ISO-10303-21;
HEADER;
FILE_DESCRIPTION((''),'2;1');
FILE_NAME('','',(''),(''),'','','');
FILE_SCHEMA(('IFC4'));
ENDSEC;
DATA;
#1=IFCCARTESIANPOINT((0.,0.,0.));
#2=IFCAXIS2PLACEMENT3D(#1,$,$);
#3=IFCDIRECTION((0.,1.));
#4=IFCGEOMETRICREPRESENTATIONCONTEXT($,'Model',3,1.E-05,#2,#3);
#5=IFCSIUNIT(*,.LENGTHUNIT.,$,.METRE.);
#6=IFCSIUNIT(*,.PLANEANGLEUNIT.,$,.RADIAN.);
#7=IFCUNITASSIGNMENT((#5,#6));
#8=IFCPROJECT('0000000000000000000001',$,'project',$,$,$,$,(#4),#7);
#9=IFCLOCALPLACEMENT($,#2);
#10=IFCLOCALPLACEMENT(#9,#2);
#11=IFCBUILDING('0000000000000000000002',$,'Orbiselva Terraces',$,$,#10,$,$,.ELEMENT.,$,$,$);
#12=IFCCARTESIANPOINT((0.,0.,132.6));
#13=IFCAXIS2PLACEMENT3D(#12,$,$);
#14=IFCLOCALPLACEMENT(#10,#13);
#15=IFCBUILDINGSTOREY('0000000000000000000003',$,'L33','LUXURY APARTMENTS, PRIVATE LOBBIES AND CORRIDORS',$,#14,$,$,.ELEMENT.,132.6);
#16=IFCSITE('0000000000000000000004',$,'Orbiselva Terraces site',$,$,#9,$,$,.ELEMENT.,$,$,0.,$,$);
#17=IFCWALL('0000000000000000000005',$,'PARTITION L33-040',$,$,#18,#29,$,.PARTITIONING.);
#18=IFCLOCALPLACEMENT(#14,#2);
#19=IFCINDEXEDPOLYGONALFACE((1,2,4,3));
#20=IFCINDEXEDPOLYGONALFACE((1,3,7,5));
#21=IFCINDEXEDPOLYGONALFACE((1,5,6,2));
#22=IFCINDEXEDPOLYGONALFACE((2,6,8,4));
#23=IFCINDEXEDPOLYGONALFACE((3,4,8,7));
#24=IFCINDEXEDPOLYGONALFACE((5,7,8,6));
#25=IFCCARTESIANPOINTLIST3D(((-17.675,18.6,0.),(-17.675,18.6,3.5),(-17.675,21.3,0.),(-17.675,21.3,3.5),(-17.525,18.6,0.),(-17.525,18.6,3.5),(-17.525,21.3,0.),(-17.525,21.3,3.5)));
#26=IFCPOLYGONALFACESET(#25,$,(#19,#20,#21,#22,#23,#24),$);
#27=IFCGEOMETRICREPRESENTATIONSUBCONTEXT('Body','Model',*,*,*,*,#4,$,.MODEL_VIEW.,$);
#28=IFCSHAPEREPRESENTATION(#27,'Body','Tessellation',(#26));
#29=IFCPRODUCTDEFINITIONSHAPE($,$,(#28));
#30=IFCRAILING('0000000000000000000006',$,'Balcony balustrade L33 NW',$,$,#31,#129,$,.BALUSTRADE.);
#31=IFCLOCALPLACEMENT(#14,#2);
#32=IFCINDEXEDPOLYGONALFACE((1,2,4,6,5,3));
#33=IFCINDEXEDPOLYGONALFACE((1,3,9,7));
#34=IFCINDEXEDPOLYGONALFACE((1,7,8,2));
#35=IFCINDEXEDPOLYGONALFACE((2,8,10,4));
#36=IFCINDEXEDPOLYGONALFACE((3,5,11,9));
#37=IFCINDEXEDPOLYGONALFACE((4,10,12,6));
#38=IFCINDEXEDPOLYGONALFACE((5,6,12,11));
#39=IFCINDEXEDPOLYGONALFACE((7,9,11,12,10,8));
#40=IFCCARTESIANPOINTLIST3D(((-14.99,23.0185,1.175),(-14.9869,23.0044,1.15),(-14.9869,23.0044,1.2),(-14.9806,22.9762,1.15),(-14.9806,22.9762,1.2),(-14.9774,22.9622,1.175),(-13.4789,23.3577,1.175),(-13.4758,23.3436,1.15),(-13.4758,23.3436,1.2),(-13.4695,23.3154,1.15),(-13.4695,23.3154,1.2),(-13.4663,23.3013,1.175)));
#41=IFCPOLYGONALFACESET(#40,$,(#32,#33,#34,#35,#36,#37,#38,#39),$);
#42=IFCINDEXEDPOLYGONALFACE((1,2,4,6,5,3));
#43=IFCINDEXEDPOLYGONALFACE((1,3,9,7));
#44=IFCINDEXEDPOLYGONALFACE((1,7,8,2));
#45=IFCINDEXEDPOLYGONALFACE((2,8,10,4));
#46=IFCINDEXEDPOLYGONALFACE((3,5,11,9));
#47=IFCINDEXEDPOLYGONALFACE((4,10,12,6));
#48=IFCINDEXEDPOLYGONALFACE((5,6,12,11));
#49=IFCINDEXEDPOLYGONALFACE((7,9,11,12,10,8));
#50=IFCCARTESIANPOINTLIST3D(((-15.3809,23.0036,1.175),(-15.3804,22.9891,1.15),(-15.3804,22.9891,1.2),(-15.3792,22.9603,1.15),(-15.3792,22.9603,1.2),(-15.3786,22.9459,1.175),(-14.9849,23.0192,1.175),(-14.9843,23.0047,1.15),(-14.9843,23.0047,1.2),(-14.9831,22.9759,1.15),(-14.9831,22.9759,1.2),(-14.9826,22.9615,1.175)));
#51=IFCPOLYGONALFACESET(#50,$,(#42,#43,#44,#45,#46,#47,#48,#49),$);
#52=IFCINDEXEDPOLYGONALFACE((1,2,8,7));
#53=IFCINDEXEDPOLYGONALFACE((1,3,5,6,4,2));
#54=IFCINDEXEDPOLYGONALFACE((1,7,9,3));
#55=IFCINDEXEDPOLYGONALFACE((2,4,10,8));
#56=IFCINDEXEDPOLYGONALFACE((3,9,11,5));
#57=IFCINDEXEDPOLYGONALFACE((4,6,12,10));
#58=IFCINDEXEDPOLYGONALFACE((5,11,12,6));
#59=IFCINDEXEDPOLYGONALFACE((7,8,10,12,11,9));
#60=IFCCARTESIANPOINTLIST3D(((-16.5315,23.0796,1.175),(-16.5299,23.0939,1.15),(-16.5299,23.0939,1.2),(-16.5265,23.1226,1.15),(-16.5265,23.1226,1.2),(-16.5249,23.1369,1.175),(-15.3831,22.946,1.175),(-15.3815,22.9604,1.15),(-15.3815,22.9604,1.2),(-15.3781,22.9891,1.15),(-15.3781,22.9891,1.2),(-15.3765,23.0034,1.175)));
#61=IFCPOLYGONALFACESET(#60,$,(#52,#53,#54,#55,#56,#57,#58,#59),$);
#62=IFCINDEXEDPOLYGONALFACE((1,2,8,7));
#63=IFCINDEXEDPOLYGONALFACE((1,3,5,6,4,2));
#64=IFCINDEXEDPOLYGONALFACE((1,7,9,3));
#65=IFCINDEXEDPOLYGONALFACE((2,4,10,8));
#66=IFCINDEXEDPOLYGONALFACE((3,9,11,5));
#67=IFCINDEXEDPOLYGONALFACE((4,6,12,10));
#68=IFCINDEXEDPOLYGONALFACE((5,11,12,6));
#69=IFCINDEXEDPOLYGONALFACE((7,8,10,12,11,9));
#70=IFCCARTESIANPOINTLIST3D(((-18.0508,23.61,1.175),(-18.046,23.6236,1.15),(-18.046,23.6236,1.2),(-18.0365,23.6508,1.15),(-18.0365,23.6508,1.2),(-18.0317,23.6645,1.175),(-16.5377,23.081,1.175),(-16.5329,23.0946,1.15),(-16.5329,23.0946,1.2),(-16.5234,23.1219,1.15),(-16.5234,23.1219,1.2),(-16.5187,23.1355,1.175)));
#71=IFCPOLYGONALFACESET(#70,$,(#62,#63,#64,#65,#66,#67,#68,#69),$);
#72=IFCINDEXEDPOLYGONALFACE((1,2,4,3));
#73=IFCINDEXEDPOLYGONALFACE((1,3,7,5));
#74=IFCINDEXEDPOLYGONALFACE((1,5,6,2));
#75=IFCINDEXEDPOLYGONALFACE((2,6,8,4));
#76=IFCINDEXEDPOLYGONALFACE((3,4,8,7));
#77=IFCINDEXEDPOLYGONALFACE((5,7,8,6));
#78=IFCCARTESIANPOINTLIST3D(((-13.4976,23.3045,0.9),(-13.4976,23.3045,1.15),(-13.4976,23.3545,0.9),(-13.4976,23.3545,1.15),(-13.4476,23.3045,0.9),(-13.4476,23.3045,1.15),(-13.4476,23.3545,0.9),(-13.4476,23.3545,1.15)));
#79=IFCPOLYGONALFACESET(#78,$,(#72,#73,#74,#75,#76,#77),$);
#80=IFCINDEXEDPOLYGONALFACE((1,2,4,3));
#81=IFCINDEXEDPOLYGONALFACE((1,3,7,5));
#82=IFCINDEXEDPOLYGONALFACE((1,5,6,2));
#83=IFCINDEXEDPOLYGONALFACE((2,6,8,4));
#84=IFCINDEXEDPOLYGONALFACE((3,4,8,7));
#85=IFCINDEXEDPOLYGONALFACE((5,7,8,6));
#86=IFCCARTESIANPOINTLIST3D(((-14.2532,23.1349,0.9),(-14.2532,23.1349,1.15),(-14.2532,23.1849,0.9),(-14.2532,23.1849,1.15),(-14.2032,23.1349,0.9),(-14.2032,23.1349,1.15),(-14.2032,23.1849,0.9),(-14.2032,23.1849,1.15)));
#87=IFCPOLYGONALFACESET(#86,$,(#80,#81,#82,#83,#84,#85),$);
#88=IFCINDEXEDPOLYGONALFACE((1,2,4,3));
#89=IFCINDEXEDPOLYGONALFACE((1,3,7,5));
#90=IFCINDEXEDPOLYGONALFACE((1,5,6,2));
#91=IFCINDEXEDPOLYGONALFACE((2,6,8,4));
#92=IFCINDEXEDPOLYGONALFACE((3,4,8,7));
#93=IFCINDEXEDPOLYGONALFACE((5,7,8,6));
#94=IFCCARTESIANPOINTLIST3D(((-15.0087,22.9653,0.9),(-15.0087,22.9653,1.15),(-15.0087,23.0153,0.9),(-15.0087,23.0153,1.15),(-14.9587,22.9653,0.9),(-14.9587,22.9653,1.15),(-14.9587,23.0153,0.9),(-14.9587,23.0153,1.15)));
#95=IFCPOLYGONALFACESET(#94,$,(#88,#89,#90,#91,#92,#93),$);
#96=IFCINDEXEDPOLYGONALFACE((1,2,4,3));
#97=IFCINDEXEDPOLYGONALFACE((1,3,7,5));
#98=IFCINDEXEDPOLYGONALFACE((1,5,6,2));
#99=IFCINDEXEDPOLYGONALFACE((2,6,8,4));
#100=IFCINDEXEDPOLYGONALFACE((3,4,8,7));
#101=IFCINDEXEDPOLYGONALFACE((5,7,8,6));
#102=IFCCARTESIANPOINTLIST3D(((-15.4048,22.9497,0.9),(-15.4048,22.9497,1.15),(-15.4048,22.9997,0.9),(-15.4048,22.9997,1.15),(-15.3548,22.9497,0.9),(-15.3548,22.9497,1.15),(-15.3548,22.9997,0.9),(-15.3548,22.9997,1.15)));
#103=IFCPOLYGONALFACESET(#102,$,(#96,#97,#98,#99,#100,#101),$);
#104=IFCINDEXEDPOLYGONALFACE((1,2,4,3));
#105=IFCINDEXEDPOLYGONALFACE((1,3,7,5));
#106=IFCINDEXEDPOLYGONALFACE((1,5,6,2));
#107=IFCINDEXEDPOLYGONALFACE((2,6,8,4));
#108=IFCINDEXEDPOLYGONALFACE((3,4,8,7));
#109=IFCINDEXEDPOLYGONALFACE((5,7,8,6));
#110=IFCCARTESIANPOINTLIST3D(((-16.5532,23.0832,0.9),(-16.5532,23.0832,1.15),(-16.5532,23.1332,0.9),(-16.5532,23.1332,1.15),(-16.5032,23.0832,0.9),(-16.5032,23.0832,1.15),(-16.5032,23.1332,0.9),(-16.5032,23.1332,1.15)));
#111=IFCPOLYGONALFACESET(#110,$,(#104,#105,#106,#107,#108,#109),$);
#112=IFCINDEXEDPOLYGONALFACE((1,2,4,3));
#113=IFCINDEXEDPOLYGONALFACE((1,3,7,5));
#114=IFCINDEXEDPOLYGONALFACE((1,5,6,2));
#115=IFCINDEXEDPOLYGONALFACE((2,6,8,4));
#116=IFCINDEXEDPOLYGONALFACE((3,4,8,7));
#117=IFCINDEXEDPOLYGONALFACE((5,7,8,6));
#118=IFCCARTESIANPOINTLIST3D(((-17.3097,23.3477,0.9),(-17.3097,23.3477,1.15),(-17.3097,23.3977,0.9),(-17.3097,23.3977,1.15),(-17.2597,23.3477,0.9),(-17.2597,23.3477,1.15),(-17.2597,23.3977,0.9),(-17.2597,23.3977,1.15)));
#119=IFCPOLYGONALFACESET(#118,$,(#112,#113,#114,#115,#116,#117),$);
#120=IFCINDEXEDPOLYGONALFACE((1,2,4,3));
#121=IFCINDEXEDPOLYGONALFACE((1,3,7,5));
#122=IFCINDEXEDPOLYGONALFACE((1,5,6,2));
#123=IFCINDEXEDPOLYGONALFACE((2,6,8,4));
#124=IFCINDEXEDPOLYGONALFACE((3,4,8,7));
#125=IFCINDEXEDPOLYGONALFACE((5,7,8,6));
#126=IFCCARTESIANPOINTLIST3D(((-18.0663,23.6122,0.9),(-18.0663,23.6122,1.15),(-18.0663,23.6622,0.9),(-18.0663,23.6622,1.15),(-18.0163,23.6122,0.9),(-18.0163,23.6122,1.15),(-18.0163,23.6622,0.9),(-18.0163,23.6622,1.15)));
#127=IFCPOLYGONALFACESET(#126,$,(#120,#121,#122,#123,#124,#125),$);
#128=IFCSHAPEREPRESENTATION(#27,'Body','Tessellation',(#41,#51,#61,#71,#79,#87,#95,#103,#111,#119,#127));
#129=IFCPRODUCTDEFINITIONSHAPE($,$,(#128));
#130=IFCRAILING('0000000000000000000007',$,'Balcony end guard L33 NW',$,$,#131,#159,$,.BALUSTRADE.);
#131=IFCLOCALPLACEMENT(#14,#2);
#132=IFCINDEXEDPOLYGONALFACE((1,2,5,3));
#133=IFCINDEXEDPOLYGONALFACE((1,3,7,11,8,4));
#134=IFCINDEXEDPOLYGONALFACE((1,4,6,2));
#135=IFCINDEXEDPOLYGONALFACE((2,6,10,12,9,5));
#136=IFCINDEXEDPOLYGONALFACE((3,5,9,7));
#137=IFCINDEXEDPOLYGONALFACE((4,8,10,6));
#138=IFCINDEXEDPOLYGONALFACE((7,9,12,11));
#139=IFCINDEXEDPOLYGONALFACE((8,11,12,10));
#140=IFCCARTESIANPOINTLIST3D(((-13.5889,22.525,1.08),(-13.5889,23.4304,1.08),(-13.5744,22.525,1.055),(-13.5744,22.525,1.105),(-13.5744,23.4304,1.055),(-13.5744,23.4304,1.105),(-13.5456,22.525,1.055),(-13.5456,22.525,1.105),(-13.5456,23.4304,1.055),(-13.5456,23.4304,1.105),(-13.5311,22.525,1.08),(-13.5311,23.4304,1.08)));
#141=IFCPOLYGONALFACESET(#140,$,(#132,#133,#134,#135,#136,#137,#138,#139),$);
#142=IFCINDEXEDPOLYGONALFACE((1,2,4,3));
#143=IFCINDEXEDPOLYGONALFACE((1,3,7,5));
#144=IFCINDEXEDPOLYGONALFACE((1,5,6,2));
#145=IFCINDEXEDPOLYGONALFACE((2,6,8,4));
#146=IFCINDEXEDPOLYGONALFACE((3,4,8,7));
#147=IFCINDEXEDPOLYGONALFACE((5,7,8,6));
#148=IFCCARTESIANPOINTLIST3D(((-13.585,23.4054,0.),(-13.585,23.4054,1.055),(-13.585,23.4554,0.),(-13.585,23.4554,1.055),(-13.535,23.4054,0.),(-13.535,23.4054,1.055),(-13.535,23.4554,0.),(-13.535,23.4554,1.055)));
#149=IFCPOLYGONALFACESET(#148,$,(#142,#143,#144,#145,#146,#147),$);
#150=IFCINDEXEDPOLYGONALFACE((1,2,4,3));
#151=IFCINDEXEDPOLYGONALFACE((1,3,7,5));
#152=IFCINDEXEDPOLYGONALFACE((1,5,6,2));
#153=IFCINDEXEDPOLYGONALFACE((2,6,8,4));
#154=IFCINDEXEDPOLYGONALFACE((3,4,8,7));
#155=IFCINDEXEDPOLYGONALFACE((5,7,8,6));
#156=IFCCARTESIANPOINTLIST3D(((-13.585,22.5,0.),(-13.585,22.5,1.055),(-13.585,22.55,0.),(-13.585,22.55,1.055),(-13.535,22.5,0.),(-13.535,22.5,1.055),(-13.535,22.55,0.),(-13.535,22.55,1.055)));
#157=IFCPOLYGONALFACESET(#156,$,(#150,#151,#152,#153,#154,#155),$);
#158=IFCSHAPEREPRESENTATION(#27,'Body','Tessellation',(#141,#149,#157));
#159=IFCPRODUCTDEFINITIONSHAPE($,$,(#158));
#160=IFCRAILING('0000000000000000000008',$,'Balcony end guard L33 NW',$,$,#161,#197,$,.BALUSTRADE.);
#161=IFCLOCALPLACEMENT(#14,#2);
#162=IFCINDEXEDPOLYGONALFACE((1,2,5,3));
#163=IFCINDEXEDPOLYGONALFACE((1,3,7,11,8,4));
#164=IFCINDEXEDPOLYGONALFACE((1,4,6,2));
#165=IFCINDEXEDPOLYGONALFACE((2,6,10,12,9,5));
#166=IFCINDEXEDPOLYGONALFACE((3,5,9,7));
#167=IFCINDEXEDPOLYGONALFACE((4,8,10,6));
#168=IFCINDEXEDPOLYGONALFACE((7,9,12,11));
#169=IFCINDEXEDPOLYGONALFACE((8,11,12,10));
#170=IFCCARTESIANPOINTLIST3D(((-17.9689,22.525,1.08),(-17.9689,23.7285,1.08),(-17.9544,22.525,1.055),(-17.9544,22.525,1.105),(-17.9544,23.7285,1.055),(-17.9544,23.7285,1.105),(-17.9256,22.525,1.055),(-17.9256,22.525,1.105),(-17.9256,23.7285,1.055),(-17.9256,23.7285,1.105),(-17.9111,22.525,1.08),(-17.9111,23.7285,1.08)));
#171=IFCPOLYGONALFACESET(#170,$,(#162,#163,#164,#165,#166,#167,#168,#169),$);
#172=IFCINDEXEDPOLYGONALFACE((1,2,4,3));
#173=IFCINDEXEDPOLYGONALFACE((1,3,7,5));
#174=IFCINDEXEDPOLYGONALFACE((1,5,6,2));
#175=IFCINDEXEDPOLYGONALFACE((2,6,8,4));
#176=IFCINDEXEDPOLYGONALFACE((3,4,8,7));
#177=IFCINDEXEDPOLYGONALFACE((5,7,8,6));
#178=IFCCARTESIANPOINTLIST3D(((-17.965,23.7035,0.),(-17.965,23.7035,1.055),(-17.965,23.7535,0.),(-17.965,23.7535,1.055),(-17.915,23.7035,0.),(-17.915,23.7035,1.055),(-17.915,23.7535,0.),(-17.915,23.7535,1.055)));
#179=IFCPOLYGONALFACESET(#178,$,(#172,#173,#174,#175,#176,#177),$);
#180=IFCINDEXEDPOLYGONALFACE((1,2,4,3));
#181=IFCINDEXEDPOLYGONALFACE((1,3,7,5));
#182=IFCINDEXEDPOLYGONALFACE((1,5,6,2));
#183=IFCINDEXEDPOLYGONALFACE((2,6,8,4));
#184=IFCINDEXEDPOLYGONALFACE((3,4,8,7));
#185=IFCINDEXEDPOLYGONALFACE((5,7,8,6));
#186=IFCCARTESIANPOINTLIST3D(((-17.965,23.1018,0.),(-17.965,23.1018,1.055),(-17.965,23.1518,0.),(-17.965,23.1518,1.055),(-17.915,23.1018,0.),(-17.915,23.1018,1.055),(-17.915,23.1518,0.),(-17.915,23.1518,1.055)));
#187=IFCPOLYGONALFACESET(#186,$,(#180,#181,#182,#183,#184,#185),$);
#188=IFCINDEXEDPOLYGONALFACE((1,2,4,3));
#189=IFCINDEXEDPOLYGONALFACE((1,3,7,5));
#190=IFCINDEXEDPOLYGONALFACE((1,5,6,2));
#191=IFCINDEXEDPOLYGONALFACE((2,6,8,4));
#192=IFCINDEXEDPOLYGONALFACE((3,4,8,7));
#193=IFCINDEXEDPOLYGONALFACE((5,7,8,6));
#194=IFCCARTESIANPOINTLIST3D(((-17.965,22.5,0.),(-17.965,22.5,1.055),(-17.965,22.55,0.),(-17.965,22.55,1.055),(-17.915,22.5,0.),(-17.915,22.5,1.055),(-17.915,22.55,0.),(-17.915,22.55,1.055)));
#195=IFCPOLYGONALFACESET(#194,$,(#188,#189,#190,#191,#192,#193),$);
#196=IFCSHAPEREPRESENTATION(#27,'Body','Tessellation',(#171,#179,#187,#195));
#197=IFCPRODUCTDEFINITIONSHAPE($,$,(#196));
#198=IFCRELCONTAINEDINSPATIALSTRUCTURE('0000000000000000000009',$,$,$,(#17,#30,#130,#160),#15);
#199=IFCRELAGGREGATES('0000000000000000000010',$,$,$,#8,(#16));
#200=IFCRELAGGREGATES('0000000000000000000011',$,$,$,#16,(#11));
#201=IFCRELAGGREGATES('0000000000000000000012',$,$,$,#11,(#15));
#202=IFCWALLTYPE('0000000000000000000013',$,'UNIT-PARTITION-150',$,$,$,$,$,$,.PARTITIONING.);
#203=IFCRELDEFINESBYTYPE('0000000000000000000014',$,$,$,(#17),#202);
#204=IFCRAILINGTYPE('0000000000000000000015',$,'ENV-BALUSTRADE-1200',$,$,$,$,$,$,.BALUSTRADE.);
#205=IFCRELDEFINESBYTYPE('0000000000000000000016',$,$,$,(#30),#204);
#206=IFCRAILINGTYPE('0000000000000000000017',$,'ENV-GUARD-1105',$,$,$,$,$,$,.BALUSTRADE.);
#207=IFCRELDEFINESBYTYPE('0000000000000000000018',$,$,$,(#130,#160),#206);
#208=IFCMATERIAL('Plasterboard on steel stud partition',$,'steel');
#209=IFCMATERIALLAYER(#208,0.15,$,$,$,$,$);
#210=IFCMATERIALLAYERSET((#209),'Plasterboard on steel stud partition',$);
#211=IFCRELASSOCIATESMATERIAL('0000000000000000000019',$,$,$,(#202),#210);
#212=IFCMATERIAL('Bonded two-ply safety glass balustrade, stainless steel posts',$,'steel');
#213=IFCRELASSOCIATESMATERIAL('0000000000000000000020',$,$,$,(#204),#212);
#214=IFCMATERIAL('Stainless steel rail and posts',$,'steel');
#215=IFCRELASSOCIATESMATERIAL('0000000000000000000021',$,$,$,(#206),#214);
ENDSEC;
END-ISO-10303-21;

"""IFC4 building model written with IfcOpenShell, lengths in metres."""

from ifc_helpers import new_model, si_unit, direction, frame, frame_2d, origin, origin_2d, place, context, subcontext, project, spatial, polyline, rectangle, outline, extrude, material, layer, layer_set, type_object, element, save


model = new_model("IFC4")

# Units and contexts
model_context = context("Model", 3, precision=1e-05, world=origin(), true_north=direction((0.0, 1.0)))
body_context = subcontext(model_context, "Body", "Model", "MODEL_VIEW")
ifc_project = project(units=[si_unit("LENGTHUNIT", "METRE"), si_unit("PLANEANGLEUNIT", "RADIAN")], contexts=[model_context])

# Site, building, storey
site_placement = place(None, origin())
site = spatial("IfcSite", under=ifc_project, at=site_placement, Name="Orbiselva Terraces site", CompositionType="ELEMENT", RefElevation=0.0)
building_placement = place(site_placement, origin())
building = spatial("IfcBuilding", under=site, at=building_placement, Name="Orbiselva Terraces", CompositionType="ELEMENT")
storey_placement = place(building_placement, frame((0.0, 0.0, 132.6)))
storey = spatial("IfcBuildingStorey", under=building, at=storey_placement, Name="L33", Description="LUXURY APARTMENTS, PRIVATE LOBBIES AND CORRIDORS", CompositionType="ELEMENT", Elevation=132.6)

# Shared definitions
ifc_material_1 = material(Name="Plasterboard on steel stud partition", Category="steel")
ifc_layer_1 = layer(ifc_material_1, 0.15)
ifc_layer_set_1 = layer_set([ifc_layer_1], Name="Plasterboard on steel stud partition")
wall_type_1 = type_object("IfcWallType", Name="UNIT-PARTITION-150", PredefinedType="PARTITIONING", material=ifc_layer_set_1)

# Wall
wall_1_placement = place(storey_placement, frame((-17.6, 18.6, 0.0), z_axis=(0.0, 0.0, 1.0), x_axis=(0.0, 1.0, 0.0)))
element("IfcWall", 1, at=wall_1_placement, inside=storey, type_object=wall_type_1, Name="PARTITION L33-040", PredefinedType="PARTITIONING", context=body_context, shape_type="SweptSolid", body=[
    extrude(rectangle(XDim=2.7, YDim=0.15, at=frame_2d((1.35, 0.0))), origin(), (0.0, 0.0, 1.0), 3.5),
])

# Railings
ifc_material_2 = material(Name="Bonded two-ply safety glass balustrade, stainless steel posts", Category="steel")
railing_type_1 = type_object("IfcRailingType", Name="ENV-BALUSTRADE-1200", PredefinedType="BALUSTRADE", material=ifc_material_2)
railing_1_placement = place(storey_placement, frame((-13.4726, 23.3295, 0.9)))
element("IfcRailing", 2, at=railing_1_placement, inside=storey, type_object=railing_type_1, Name="Balcony balustrade L33 NW", PredefinedType="BALUSTRADE", context=body_context, shape_type="SweptSolid", body=[
    extrude(outline(polyline([(0.0289, 0.0), (0.0144, 0.025), (-0.0144, 0.025), (-0.0289, 0.0), (-0.0144, -0.025), (0.0144, -0.025), (0.0289, 0.0)])), frame((0.0, 0.0, 0.275), z_axis=(-0.975721, -0.219015, 0.0), x_axis=(0.219015, -0.975721, 0.0)), (0.0, 0.0, 1.0), 1.5487),
    extrude(outline(polyline([(0.0289, 0.0), (0.0144, 0.025), (-0.0144, 0.025), (-0.0289, 0.0), (-0.0144, -0.025), (0.0144, -0.025), (0.0289, 0.0)])), frame((-1.5111, -0.3392, 0.275), z_axis=(-0.999225, -0.039369, 0.0), x_axis=(0.039369, -0.999225, 0.0)), (0.0, 0.0, 1.0), 0.3964),
    extrude(outline(polyline([(0.0289, 0.0), (0.0144, 0.025), (-0.0144, 0.025), (-0.0289, 0.0), (-0.0144, -0.025), (0.0144, -0.025), (0.0289, 0.0)])), frame((-1.9072, -0.3548, 0.275), z_axis=(-0.99331, 0.115482, 0.0), x_axis=(-0.115482, -0.99331, 0.0)), (0.0, 0.0, 1.0), 1.1561),
    extrude(outline(polyline([(0.0289, 0.0), (0.0144, 0.025), (-0.0144, 0.025), (-0.0289, 0.0), (-0.0144, -0.025), (0.0144, -0.025), (0.0289, 0.0)])), frame((-3.0556, -0.2213, 0.275), z_axis=(-0.943972, 0.330024, 0.0), x_axis=(-0.330024, -0.943972, 0.0)), (0.0, 0.0, 1.0), 1.6029),
    extrude(rectangle(XDim=0.05, YDim=0.05, at=origin_2d()), origin(), (0.0, 0.0, 1.0), 0.25),
    extrude(rectangle(XDim=0.05, YDim=0.05, at=origin_2d()), frame((-0.7555, -0.1696, 0.0)), (0.0, 0.0, 1.0), 0.25),
    extrude(rectangle(XDim=0.05, YDim=0.05, at=origin_2d()), frame((-1.5111, -0.3392, 0.0)), (0.0, 0.0, 1.0), 0.25),
    extrude(rectangle(XDim=0.05, YDim=0.05, at=origin_2d()), frame((-1.9072, -0.3548, 0.0)), (0.0, 0.0, 1.0), 0.25),
    extrude(rectangle(XDim=0.05, YDim=0.05, at=origin_2d()), frame((-3.0556, -0.2213, 0.0)), (0.0, 0.0, 1.0), 0.25),
    extrude(rectangle(XDim=0.05, YDim=0.05, at=origin_2d()), frame((-3.8121, 0.0432, 0.0)), (0.0, 0.0, 1.0), 0.25),
    extrude(rectangle(XDim=0.05, YDim=0.05, at=origin_2d()), frame((-4.5686, 0.3077, 0.0)), (0.0, 0.0, 1.0), 0.25),
])
ifc_material_3 = material(Name="Stainless steel rail and posts", Category="steel")
railing_type_2 = type_object("IfcRailingType", Name="ENV-GUARD-1105", PredefinedType="BALUSTRADE", material=ifc_material_3)
railing_2_placement = place(storey_placement, frame((-13.56, 23.4304, 0.0)))
element("IfcRailing", 3, at=railing_2_placement, inside=storey, type_object=railing_type_2, Name="Balcony end guard L33 NW", PredefinedType="BALUSTRADE", context=body_context, shape_type="SweptSolid", body=[
    extrude(outline(polyline([(0.0289, 0.0), (0.0144, 0.025), (-0.0144, 0.025), (-0.0289, 0.0), (-0.0144, -0.025), (0.0144, -0.025), (0.0289, 0.0)])), frame((0.0, 0.0, 1.08), z_axis=(0.0, -1.0, 0.0), x_axis=(1.0, 0.0, 0.0)), (0.0, 0.0, 1.0), 0.9054),
    extrude(rectangle(XDim=0.05, YDim=0.05, at=origin_2d()), origin(), (0.0, 0.0, 1.0), 1.055),
    extrude(rectangle(XDim=0.05, YDim=0.05, at=origin_2d()), frame((0.0, -0.9054, 0.0)), (0.0, 0.0, 1.0), 1.055),
])
railing_3_placement = place(storey_placement, frame((-17.94, 23.7285, 0.0)))
element("IfcRailing", 4, at=railing_3_placement, inside=storey, type_object=railing_type_2, Name="Balcony end guard L33 NW", PredefinedType="BALUSTRADE", context=body_context, shape_type="SweptSolid", body=[
    extrude(outline(polyline([(0.0289, 0.0), (0.0144, 0.025), (-0.0144, 0.025), (-0.0289, 0.0), (-0.0144, -0.025), (0.0144, -0.025), (0.0289, 0.0)])), frame((0.0, 0.0, 1.08), z_axis=(0.0, -1.0, 0.0), x_axis=(1.0, 0.0, 0.0)), (0.0, 0.0, 1.0), 1.2035),
    extrude(rectangle(XDim=0.05, YDim=0.05, at=origin_2d()), origin(), (0.0, 0.0, 1.0), 1.055),
    extrude(rectangle(XDim=0.05, YDim=0.05, at=origin_2d()), frame((0.0, -0.6018, 0.0)), (0.0, 0.0, 1.0), 1.055),
    extrude(rectangle(XDim=0.05, YDim=0.05, at=origin_2d()), frame((0.0, -1.2035, 0.0)), (0.0, 0.0, 1.0), 1.055),
])

save(model, "model.ifc")
